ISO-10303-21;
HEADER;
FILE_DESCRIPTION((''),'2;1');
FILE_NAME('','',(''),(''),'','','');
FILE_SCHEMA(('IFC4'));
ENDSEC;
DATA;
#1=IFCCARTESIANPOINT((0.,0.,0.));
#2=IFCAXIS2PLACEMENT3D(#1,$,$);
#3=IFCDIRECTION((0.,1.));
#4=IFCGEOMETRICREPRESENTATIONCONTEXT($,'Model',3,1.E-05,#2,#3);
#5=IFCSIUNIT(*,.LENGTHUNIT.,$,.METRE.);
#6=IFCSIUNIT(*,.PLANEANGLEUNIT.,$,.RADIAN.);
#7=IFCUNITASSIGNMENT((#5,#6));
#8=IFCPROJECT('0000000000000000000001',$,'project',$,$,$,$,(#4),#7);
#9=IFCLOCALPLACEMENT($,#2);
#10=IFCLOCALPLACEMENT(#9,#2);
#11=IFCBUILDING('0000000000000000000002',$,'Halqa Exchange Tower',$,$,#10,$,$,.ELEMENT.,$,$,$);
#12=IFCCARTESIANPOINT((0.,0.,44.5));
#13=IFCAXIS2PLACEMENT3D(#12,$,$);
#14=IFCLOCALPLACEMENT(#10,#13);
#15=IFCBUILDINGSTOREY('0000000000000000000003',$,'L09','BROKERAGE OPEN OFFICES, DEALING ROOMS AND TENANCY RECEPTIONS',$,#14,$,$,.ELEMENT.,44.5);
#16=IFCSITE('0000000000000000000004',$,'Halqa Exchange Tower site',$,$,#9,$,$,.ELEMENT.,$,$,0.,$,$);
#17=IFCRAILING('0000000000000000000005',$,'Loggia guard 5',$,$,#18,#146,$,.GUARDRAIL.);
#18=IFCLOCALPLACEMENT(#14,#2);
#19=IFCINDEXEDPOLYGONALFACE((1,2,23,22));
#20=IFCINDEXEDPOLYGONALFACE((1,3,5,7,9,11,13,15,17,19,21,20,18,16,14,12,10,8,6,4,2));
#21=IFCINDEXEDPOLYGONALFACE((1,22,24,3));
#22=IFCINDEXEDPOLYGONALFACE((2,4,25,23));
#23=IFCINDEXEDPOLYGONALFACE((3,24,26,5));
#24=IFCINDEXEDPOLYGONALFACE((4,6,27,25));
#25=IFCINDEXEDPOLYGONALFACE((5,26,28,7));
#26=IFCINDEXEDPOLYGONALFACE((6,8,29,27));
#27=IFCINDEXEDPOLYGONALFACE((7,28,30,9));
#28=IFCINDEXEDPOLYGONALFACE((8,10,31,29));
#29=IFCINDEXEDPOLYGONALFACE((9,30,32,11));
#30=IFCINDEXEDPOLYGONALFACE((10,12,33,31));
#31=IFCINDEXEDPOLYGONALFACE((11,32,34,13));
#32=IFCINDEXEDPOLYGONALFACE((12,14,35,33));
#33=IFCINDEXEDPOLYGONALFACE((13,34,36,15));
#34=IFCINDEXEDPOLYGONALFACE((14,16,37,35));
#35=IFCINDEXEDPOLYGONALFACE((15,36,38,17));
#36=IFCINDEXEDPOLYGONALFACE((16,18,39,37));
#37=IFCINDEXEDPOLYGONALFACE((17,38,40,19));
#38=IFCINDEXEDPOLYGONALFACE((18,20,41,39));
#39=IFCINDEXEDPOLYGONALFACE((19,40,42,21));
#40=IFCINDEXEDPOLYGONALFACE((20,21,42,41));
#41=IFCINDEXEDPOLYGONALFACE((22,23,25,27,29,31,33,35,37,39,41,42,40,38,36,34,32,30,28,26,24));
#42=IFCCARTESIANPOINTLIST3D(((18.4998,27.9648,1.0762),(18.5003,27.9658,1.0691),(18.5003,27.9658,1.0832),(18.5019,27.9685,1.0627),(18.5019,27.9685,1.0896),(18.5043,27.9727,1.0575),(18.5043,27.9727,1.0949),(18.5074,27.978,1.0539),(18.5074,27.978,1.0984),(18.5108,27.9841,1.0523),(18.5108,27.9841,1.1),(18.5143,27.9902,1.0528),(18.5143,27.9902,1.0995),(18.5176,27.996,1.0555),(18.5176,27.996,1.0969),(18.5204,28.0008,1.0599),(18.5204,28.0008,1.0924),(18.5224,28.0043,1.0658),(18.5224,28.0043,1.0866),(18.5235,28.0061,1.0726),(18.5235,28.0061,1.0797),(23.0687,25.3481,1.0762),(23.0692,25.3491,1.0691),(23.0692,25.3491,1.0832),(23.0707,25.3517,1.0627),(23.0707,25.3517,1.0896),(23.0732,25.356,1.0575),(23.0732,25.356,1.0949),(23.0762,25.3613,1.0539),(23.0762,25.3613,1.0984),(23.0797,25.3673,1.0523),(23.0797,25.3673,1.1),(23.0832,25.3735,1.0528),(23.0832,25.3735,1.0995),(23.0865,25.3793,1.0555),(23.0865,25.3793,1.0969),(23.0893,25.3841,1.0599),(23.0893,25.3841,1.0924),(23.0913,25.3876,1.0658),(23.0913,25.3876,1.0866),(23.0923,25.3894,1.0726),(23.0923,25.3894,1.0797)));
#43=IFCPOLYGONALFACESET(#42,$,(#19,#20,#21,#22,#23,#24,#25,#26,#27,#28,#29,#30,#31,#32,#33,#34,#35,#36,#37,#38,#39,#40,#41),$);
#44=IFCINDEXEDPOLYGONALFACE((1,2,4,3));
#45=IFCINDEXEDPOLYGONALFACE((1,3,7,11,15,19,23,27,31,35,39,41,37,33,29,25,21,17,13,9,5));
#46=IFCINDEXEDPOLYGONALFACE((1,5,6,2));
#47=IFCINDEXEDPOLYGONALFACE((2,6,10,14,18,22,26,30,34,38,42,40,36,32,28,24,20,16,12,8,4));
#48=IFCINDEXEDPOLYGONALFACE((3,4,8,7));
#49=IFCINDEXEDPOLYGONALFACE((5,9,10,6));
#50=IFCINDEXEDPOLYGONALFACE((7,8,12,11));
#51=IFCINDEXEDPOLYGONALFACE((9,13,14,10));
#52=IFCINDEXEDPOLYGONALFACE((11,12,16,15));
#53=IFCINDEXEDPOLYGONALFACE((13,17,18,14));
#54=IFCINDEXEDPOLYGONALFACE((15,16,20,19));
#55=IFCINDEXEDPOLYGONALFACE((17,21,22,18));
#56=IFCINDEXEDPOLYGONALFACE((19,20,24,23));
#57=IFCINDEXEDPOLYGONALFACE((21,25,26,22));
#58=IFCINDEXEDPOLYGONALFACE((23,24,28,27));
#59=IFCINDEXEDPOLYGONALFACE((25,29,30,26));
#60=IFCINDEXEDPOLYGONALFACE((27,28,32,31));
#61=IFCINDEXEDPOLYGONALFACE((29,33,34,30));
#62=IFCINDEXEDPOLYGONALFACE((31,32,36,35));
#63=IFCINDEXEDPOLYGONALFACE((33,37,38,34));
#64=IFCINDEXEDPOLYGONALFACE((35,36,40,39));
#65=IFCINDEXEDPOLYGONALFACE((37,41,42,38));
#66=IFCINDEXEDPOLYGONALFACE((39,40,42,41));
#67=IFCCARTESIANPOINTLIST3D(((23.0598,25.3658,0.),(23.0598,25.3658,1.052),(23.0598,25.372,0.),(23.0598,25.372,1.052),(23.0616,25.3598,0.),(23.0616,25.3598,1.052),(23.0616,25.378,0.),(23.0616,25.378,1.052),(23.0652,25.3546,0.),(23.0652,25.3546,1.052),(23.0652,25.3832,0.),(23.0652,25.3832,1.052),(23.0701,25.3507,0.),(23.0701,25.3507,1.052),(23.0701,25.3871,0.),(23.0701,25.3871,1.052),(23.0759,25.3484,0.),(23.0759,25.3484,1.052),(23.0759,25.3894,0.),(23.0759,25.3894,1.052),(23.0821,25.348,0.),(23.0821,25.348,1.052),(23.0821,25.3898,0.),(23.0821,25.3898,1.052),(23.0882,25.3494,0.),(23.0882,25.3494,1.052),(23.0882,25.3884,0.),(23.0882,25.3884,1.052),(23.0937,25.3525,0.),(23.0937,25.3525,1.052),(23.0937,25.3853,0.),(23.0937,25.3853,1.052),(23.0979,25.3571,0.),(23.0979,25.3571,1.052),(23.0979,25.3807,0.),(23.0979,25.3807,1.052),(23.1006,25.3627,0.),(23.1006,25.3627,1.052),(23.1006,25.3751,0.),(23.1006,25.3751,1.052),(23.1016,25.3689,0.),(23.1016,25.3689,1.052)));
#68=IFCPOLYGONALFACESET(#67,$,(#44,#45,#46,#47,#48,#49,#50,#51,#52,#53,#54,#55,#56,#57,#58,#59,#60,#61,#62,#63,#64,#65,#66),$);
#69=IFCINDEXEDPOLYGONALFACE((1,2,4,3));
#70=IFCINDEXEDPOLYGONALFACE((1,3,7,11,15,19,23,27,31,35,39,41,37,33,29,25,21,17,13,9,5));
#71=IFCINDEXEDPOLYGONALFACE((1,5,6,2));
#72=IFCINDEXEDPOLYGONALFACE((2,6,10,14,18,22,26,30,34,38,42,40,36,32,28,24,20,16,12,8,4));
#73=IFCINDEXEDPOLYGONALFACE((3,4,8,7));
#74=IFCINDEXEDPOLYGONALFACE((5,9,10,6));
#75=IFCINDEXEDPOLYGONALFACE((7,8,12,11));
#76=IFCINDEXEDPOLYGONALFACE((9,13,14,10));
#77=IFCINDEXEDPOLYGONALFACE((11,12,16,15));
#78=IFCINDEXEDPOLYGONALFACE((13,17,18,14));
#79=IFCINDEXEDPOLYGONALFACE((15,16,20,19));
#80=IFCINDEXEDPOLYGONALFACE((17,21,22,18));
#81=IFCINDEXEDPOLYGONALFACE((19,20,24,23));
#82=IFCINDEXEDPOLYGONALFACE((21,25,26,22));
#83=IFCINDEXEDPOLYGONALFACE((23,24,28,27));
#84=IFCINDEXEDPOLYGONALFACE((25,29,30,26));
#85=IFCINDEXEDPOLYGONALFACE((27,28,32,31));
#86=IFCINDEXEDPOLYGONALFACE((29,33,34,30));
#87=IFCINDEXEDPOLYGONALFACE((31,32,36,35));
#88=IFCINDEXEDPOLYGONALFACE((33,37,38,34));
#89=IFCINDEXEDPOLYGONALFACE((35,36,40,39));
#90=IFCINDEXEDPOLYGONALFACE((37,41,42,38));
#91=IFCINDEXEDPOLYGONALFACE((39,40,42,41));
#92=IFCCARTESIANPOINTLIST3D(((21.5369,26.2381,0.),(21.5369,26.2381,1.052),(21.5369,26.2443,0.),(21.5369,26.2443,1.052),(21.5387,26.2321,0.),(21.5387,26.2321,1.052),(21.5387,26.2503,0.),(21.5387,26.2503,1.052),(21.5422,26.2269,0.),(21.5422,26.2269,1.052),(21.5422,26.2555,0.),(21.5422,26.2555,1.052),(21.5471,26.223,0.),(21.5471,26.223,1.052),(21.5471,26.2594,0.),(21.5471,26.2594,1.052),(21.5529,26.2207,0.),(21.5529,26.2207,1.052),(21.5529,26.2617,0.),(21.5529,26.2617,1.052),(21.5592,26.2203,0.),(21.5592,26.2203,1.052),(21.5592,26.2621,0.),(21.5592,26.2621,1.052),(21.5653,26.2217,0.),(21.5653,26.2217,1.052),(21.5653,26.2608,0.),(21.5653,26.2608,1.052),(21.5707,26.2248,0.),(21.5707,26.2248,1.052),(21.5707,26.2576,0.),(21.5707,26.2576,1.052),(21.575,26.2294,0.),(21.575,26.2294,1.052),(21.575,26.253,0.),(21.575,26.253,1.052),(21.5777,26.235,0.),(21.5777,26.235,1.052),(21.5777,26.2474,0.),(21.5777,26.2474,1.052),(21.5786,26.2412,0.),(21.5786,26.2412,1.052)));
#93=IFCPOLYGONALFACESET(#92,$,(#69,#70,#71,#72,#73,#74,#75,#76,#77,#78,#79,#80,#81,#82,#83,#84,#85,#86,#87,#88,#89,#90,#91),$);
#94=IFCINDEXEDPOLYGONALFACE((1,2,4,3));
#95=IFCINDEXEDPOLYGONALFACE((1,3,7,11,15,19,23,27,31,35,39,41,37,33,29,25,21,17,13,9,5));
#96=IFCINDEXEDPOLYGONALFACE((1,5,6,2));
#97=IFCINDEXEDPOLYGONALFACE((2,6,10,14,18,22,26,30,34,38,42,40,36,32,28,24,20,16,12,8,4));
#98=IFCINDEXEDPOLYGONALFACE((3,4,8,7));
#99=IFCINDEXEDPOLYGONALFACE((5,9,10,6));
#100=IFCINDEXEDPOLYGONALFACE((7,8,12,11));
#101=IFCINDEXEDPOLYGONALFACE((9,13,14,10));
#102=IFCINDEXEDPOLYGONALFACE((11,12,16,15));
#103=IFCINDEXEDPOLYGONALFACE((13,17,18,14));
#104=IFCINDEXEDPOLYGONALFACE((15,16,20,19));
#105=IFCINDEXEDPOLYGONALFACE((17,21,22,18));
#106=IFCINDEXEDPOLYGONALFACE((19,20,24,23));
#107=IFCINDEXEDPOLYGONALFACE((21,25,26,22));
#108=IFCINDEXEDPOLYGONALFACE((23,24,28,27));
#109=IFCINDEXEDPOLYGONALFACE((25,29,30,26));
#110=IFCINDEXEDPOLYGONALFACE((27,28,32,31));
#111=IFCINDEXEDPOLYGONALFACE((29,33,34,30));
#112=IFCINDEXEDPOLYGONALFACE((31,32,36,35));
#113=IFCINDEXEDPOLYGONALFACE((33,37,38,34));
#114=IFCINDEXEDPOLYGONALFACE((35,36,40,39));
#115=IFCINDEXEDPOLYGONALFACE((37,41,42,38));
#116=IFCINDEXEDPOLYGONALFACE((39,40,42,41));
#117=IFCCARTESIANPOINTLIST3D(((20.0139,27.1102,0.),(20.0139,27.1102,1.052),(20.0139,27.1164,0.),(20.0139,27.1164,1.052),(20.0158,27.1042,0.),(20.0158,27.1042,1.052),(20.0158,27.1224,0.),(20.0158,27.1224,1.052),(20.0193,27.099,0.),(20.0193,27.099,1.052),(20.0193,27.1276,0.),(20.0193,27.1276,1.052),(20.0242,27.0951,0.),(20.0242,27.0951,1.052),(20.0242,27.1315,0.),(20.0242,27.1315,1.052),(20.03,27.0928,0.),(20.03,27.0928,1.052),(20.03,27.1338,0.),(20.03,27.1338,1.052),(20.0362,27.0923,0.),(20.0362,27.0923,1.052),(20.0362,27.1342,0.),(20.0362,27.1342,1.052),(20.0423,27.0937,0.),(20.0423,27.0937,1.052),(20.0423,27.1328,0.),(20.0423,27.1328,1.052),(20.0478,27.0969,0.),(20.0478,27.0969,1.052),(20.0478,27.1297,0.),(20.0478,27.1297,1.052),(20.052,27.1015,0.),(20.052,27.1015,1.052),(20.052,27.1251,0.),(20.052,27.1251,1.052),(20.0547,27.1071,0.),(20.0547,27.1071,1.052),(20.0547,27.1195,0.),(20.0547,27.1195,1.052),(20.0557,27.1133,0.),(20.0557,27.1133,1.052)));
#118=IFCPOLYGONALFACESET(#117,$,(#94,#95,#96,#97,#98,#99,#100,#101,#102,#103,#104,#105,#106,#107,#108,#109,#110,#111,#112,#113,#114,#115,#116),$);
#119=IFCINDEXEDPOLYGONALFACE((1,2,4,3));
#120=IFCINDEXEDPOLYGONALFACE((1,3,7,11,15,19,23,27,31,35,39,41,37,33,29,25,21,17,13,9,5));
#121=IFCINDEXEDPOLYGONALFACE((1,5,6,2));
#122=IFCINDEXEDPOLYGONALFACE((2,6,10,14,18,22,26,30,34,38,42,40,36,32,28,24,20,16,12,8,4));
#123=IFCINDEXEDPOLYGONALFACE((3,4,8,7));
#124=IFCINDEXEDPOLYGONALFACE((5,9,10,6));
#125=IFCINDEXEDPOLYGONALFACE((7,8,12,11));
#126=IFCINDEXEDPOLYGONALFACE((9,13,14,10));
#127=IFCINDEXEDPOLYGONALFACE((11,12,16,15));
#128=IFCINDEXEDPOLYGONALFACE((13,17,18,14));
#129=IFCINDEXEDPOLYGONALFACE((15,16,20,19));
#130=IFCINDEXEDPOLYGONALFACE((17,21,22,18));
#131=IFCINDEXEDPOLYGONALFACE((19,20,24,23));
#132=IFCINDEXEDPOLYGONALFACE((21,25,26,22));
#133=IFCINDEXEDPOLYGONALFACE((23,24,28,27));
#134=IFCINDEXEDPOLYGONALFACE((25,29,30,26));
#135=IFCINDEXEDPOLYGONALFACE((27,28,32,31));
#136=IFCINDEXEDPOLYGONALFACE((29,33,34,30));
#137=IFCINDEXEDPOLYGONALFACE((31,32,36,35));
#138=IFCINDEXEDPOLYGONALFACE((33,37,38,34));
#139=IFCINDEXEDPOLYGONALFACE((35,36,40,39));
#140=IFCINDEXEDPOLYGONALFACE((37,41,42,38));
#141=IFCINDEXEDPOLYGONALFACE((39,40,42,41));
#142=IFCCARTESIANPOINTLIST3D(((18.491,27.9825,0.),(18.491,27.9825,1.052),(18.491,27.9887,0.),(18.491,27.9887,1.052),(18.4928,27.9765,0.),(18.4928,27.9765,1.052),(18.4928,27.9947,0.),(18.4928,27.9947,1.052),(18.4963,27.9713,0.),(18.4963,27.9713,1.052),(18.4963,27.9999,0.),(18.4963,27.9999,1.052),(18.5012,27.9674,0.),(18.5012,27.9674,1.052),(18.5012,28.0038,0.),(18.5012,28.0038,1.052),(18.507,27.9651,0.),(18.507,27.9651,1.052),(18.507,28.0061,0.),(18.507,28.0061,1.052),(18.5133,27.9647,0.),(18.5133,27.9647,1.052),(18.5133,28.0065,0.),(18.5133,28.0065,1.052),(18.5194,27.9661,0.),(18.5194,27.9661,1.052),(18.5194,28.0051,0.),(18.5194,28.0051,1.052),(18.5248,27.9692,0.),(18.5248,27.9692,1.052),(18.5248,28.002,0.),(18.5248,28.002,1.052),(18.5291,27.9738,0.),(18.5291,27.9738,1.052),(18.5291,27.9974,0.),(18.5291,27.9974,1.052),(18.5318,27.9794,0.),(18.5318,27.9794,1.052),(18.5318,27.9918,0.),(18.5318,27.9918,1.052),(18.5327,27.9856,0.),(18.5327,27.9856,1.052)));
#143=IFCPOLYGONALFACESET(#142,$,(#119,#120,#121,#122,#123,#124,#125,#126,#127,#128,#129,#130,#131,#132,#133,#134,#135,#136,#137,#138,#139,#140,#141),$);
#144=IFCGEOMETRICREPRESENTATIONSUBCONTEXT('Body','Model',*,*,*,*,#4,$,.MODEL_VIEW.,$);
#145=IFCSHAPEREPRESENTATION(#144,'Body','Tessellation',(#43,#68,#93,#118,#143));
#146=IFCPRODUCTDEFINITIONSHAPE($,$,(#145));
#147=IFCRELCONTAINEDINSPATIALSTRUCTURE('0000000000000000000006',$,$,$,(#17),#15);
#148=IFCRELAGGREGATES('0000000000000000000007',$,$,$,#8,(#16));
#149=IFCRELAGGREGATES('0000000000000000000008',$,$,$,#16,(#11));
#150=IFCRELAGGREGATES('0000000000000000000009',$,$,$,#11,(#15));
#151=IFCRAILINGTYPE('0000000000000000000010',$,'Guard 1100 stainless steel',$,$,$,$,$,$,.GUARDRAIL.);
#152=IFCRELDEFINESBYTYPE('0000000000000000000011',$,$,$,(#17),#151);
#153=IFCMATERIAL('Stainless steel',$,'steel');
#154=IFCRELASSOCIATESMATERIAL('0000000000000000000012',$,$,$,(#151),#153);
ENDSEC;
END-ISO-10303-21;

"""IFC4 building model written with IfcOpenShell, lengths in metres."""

from ifc_helpers import new_model, si_unit, direction, frame, origin, origin_2d, place, context, subcontext, project, spatial, circle, extrude, material, type_object, element, save


model = new_model("IFC4")

# Units and contexts
model_context = context("Model", 3, precision=1e-05, world=origin(), true_north=direction((0.0, 1.0)))
body_context = subcontext(model_context, "Body", "Model", "MODEL_VIEW")
ifc_project = project(units=[si_unit("LENGTHUNIT", "METRE"), si_unit("PLANEANGLEUNIT", "RADIAN")], contexts=[model_context])

# Site, building, storey
site_placement = place(None, origin())
site = spatial("IfcSite", under=ifc_project, at=site_placement, Name="Halqa Exchange Tower site", CompositionType="ELEMENT", RefElevation=0.0)
building_placement = place(site_placement, origin())
building = spatial("IfcBuilding", under=site, at=building_placement, Name="Halqa Exchange Tower", CompositionType="ELEMENT")
storey_placement = place(building_placement, frame((0.0, 0.0, 44.5)))
storey = spatial("IfcBuildingStorey", under=building, at=storey_placement, Name="L09", Description="BROKERAGE OPEN OFFICES, DEALING ROOMS AND TENANCY RECEPTIONS", CompositionType="ELEMENT", Elevation=44.5)

# Railing
ifc_material_1 = material(Name="Stainless steel", Category="steel")
railing_type = type_object("IfcRailingType", Name="Guard 1100 stainless steel", PredefinedType="GUARDRAIL", material=ifc_material_1)
railing_1_placement = place(storey_placement, frame((23.0806, 25.3689, 0.0)))
element("IfcRailing", 1, at=railing_1_placement, inside=storey, type_object=railing_type, Name="Loggia guard 5", PredefinedType="GUARDRAIL", context=body_context, shape_type="SweptSolid", body=[
    extrude(circle(Radius=0.0239, at=origin_2d()), frame((0.0, 0.0, 1.0762), z_axis=(-0.867758, 0.496988, 0.0), x_axis=(-0.496988, -0.867758, 0.0)), (0.0, 0.0, 1.0), 5.2651),
    extrude(circle(Radius=0.021, at=origin_2d()), origin(), (0.0, 0.0, 1.0), 1.052),
    extrude(circle(Radius=0.021, at=origin_2d()), frame((-1.5229, 0.8723, 0.0)), (0.0, 0.0, 1.0), 1.052),
    extrude(circle(Radius=0.021, at=origin_2d()), frame((-3.0459, 1.7444, 0.0)), (0.0, 0.0, 1.0), 1.052),
    extrude(circle(Radius=0.021, at=origin_2d()), frame((-4.5688, 2.6167, 0.0)), (0.0, 0.0, 1.0), 1.052),
])

save(model, "model.ifc")
